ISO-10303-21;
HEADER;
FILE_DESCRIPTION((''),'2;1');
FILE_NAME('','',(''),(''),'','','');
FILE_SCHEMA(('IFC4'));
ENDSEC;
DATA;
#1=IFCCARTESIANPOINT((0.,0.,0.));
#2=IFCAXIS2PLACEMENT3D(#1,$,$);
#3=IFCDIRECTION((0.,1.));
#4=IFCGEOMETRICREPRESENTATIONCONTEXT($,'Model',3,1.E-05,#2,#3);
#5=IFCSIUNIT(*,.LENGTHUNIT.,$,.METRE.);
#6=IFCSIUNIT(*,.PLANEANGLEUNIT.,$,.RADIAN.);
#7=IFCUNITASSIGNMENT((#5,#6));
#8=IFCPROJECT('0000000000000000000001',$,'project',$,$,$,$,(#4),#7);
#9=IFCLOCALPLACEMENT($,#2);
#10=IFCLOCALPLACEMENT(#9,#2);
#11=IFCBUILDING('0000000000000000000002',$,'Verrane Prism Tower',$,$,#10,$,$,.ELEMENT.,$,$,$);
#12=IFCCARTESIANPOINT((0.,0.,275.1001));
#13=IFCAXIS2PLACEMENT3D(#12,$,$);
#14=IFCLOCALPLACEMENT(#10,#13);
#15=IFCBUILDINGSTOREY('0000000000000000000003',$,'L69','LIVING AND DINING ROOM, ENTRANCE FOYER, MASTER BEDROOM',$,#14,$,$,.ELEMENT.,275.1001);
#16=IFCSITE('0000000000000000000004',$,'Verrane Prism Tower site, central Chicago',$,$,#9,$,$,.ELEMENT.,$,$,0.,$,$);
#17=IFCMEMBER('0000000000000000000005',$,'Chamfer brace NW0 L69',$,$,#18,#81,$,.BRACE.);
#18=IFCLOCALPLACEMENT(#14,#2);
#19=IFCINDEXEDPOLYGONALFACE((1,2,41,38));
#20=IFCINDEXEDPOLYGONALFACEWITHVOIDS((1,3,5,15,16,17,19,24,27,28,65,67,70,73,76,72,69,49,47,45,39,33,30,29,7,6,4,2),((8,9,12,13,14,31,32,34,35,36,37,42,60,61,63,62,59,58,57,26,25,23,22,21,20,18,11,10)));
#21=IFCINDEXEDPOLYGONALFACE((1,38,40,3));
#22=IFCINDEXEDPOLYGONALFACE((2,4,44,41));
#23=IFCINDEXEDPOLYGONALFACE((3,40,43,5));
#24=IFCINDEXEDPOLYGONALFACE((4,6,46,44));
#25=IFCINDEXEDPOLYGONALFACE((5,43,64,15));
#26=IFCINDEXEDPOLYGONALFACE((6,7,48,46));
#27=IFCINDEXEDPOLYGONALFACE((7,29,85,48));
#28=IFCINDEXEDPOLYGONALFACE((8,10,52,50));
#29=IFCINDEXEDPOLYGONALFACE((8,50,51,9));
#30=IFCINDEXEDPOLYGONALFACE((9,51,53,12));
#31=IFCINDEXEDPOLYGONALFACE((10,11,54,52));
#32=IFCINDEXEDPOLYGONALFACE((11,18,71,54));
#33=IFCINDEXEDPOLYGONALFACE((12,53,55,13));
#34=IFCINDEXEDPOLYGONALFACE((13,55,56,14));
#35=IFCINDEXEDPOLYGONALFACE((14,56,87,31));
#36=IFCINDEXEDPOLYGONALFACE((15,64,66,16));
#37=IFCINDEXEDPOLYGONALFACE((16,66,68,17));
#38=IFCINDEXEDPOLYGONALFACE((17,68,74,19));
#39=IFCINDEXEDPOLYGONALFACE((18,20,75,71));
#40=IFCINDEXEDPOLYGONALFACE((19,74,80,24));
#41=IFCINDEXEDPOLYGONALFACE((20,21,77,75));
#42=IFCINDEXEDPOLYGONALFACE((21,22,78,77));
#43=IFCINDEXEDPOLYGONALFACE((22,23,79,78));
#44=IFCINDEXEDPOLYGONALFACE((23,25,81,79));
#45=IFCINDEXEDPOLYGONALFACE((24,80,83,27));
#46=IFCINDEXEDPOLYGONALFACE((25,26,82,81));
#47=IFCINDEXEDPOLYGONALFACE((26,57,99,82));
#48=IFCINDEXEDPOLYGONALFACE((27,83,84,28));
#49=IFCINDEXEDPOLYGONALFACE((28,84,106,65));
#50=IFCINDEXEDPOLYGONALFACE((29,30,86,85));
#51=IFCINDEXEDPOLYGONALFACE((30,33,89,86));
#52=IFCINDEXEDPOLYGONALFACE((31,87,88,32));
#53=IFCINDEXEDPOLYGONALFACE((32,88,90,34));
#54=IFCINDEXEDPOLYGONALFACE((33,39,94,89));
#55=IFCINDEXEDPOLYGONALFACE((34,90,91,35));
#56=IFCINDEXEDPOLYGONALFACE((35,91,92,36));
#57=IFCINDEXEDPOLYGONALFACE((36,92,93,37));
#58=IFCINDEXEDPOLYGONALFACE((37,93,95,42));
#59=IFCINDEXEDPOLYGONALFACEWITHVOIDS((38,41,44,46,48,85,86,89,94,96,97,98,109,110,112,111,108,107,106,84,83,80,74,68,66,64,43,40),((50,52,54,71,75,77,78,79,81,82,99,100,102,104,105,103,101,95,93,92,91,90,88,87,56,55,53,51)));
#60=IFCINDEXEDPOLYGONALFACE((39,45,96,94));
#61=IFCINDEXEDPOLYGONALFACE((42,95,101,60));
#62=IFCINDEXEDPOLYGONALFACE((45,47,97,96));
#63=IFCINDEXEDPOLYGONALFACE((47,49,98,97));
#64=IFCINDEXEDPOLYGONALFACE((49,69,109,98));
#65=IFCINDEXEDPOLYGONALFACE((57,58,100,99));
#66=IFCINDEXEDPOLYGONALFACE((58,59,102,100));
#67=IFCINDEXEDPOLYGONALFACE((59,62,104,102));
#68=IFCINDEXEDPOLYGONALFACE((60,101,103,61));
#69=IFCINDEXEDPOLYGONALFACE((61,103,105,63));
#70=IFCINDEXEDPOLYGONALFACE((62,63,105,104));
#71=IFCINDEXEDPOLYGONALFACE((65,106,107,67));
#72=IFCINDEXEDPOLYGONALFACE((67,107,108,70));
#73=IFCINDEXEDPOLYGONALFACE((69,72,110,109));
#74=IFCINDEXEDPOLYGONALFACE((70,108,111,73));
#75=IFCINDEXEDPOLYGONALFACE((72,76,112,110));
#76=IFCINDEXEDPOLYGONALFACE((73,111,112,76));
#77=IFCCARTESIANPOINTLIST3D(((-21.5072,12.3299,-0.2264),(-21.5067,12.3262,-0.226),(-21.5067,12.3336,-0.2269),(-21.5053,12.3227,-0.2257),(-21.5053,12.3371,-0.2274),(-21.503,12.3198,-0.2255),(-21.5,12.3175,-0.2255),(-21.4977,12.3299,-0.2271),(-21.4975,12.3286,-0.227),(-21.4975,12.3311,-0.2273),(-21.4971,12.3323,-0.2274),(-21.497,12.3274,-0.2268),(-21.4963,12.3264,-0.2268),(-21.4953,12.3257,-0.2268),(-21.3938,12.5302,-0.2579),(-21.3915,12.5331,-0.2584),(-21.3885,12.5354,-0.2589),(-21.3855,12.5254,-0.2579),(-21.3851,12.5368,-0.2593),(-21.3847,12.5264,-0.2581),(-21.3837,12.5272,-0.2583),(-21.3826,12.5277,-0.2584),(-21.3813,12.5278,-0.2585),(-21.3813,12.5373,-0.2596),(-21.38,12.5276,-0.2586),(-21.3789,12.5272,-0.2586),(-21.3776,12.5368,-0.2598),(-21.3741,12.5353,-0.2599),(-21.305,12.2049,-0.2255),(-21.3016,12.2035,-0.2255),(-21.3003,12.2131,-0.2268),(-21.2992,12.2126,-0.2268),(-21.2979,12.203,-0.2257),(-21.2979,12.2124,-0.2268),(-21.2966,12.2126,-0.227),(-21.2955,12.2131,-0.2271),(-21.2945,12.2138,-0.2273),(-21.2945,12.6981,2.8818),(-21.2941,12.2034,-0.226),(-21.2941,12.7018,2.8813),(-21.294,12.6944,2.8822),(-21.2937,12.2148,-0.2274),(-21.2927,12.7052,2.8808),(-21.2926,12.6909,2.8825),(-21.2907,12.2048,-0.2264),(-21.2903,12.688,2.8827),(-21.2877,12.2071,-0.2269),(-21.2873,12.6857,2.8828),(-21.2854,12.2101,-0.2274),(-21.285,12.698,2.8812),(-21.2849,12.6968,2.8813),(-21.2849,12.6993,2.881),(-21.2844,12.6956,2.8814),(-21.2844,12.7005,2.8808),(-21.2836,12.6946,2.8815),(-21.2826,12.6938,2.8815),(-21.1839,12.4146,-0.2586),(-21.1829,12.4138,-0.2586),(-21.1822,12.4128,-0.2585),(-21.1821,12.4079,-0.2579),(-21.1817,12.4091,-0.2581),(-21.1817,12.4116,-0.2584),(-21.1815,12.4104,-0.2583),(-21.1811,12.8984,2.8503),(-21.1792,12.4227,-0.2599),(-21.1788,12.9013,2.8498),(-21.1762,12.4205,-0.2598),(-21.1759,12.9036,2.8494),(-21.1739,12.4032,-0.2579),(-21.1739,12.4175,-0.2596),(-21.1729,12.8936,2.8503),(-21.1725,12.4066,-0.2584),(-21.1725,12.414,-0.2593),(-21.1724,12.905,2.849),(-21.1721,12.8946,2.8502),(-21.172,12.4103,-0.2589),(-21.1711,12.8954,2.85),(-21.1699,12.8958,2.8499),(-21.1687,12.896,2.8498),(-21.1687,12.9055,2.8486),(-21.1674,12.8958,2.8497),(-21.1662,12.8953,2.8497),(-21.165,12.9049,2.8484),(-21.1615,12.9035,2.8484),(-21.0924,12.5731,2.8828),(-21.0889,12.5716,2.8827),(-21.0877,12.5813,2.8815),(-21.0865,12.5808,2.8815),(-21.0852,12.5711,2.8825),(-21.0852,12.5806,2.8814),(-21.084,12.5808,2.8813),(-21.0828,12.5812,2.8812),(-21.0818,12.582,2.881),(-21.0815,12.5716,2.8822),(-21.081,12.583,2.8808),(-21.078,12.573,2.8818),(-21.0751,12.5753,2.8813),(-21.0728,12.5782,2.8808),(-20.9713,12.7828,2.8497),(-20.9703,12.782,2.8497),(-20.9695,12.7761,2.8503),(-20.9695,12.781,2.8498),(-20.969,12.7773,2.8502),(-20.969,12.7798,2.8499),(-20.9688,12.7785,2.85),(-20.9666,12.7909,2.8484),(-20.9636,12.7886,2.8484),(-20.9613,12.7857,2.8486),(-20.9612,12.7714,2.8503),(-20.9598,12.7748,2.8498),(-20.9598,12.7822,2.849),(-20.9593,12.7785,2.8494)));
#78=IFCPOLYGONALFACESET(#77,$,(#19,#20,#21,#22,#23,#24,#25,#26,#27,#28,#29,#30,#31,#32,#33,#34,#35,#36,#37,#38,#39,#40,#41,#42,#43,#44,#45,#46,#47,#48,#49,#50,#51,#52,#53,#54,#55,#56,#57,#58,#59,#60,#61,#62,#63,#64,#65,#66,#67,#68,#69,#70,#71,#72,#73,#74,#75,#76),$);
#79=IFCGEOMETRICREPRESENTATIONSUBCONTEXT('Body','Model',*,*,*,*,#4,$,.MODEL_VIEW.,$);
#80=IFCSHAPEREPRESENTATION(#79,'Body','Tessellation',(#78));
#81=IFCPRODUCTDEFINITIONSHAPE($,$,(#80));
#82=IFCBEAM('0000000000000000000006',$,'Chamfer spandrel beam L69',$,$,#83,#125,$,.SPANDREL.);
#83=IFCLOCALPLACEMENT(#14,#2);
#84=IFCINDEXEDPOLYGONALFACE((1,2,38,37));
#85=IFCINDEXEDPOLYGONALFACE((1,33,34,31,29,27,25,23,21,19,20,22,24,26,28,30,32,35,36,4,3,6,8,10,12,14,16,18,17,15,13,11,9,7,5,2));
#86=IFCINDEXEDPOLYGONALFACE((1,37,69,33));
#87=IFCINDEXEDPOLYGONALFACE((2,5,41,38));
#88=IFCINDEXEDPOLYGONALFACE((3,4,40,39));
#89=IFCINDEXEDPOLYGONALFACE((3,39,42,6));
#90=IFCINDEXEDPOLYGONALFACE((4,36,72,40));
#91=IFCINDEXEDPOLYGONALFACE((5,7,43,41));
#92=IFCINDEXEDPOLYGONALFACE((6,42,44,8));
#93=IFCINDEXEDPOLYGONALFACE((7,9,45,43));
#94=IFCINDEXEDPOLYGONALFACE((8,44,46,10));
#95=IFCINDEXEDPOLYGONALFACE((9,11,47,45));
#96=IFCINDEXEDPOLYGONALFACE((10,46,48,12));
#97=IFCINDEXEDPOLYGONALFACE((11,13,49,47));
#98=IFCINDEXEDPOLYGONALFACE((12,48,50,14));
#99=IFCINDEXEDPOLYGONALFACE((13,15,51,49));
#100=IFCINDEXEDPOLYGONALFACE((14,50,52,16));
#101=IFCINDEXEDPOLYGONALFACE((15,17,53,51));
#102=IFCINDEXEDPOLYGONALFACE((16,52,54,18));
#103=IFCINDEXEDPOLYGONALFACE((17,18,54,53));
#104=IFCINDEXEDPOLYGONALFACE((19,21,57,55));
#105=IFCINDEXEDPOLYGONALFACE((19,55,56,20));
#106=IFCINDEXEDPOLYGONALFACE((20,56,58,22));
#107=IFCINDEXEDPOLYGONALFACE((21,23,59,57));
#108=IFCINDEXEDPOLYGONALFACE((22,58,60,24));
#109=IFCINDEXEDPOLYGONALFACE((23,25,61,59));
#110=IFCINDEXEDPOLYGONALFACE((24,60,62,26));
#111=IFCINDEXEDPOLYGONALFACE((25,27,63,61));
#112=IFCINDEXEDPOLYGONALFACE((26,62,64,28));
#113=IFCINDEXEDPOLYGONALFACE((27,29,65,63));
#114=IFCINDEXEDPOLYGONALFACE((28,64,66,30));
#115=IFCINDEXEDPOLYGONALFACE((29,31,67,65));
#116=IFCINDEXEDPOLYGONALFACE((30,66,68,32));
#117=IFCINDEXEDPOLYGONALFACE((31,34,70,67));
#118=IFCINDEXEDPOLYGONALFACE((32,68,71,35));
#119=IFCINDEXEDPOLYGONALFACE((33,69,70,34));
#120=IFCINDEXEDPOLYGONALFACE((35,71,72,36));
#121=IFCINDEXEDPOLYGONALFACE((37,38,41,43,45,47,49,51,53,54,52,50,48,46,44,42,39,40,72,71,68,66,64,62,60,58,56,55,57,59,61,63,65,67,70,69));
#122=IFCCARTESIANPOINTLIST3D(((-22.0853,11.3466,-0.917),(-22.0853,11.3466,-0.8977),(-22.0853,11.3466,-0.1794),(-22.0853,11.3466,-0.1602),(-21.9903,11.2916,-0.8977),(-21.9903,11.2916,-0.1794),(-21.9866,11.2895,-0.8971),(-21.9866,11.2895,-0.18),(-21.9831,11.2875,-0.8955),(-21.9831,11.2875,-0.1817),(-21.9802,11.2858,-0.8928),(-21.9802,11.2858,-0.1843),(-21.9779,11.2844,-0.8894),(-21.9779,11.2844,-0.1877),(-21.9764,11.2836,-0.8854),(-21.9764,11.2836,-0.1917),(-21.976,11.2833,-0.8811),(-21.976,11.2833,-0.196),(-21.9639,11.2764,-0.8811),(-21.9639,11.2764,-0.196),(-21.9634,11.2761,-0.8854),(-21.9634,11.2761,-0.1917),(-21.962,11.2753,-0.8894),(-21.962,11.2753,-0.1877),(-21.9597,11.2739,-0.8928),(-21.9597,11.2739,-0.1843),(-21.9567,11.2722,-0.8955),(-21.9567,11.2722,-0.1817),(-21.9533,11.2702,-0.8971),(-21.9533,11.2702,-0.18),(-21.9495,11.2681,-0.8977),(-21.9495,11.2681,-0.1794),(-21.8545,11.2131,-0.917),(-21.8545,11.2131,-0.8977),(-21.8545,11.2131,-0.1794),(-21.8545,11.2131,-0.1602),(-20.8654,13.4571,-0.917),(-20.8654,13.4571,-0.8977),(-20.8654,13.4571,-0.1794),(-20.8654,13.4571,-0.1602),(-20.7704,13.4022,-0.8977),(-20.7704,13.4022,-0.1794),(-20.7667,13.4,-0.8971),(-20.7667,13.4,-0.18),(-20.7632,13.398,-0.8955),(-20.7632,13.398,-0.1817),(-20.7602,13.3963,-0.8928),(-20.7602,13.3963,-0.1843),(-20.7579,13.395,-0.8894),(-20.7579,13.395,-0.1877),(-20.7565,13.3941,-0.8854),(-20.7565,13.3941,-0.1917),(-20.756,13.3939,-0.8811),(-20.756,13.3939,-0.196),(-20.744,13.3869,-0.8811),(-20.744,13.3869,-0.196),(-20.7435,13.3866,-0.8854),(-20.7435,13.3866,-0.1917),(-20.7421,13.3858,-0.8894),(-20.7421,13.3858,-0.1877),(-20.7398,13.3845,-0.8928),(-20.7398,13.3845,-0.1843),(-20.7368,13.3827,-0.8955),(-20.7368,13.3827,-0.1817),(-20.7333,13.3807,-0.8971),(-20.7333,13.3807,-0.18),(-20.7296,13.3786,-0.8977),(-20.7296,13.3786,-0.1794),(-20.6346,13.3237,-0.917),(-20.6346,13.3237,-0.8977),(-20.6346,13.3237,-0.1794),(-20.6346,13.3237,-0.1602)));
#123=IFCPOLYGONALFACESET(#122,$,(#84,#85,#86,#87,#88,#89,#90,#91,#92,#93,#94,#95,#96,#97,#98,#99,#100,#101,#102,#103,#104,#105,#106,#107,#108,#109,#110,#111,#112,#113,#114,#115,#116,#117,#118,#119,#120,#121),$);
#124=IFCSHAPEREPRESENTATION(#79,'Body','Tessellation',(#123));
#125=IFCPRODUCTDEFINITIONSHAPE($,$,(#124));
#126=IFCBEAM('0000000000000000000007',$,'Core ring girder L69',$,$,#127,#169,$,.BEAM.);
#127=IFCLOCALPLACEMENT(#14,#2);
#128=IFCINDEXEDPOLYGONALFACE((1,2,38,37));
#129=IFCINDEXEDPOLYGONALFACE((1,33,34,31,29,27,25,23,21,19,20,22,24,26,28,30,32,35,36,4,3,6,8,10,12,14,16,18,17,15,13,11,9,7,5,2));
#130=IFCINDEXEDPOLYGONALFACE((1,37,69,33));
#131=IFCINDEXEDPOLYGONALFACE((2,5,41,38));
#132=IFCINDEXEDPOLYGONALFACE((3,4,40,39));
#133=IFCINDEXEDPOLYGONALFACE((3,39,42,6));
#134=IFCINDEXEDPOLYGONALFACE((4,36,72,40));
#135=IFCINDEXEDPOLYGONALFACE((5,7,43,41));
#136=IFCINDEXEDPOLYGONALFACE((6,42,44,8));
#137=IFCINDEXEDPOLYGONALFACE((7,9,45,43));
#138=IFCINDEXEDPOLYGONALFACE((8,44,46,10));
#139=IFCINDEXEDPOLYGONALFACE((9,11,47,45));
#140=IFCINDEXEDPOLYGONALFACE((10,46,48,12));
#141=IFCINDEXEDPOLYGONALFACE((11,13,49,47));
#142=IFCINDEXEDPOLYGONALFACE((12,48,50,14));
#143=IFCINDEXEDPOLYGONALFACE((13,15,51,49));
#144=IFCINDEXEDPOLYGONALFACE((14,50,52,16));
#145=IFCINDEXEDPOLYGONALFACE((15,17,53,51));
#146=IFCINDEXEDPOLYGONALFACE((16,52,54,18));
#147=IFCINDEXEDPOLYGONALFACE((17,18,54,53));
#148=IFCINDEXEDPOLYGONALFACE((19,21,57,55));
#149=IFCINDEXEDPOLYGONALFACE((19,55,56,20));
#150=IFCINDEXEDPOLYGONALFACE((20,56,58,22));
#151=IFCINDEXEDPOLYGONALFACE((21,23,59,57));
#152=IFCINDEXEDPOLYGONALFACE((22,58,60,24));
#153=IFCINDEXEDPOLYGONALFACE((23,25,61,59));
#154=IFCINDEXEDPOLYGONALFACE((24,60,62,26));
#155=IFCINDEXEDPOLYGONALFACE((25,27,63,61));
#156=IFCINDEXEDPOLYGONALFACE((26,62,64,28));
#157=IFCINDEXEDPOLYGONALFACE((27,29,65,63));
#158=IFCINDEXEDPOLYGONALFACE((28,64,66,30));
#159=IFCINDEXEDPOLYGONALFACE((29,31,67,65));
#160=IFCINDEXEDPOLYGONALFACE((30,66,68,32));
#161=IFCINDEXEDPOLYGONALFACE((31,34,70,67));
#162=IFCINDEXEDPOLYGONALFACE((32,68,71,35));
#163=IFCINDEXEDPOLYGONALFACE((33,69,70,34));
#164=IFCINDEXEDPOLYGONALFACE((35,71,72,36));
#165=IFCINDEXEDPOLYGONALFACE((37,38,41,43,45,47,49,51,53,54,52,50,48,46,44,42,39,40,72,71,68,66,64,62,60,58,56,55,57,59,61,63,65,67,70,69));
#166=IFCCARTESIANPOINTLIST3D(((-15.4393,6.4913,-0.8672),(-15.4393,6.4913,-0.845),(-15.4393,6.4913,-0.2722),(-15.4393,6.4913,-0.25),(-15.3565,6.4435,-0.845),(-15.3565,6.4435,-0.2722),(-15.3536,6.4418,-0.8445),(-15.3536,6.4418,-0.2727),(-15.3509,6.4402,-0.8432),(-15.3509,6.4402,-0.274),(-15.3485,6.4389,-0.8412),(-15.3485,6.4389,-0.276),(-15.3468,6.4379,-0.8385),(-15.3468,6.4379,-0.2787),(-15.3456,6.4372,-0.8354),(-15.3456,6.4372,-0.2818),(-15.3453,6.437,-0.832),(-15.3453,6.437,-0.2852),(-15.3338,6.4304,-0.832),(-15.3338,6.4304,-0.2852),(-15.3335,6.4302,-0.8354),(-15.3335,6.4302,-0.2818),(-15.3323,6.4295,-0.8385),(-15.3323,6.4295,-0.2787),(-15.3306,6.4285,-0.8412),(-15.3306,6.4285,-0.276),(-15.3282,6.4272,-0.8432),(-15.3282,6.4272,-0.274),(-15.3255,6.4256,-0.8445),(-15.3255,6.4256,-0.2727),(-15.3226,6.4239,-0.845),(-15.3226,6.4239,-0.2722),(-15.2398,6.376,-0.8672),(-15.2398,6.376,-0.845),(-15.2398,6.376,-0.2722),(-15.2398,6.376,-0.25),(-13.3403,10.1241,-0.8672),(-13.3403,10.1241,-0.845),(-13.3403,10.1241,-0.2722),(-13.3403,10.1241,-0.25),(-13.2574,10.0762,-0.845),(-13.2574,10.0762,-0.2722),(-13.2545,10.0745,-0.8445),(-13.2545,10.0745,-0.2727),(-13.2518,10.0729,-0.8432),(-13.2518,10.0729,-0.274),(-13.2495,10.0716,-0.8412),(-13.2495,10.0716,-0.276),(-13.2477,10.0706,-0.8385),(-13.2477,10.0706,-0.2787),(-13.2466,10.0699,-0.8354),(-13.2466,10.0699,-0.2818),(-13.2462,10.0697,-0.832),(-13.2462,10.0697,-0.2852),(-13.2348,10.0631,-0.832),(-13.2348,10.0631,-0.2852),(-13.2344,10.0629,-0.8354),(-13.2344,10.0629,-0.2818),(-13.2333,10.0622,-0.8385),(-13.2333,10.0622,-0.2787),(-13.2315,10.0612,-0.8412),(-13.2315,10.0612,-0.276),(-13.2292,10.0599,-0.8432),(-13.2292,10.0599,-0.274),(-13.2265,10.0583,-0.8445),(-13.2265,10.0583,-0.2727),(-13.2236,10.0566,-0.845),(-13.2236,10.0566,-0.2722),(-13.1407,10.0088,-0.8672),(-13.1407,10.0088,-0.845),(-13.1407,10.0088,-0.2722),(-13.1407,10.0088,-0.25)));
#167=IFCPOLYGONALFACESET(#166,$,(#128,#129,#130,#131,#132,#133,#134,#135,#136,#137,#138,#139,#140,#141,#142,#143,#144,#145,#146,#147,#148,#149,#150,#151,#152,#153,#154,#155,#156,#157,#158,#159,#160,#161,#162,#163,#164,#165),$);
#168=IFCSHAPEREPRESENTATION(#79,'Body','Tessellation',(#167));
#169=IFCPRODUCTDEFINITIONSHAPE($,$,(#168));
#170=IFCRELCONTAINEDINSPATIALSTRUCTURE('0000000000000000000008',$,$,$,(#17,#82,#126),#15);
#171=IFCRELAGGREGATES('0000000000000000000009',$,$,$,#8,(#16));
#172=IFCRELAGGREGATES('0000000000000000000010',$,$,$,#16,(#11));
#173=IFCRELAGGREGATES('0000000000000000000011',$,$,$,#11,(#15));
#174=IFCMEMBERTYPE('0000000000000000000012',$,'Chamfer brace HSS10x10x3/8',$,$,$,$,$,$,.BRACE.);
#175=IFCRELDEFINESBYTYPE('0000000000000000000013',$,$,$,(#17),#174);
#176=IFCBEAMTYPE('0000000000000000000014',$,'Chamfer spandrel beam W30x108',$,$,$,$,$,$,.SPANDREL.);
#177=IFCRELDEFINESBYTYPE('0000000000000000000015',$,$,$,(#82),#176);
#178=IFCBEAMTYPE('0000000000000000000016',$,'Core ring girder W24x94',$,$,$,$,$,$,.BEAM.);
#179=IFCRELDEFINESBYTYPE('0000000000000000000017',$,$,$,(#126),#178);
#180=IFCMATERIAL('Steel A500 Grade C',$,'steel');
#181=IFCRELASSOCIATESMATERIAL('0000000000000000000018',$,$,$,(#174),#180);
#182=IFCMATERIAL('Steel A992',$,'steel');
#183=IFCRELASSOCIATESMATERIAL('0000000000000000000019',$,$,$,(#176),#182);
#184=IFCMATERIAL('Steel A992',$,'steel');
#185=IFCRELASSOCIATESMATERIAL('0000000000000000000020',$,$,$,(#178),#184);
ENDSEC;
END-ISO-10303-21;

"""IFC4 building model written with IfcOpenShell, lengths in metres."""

from ifc_helpers import new_model, si_unit, direction, frame, origin, origin_2d, place, context, subcontext, project, spatial, hollow_rectangle, i_section, extrude, material, material_profile, profile_set, type_object, element, save


model = new_model("IFC4")

# Units and contexts
model_context = context("Model", 3, precision=1e-05, world=origin(), true_north=direction((0.0, 1.0)))
body_context = subcontext(model_context, "Body", "Model", "MODEL_VIEW")
ifc_project = project(units=[si_unit("LENGTHUNIT", "METRE"), si_unit("PLANEANGLEUNIT", "RADIAN")], contexts=[model_context])

# Site, building, storey
site_placement = place(None, origin())
site = spatial("IfcSite", under=ifc_project, at=site_placement, Name="Verrane Prism Tower site, central Chicago", CompositionType="ELEMENT", RefElevation=0.0)
building_placement = place(site_placement, origin())
building = spatial("IfcBuilding", under=site, at=building_placement, Name="Verrane Prism Tower", CompositionType="ELEMENT")
storey_placement = place(building_placement, frame((0.0, 0.0, 275.1001)))
storey = spatial("IfcBuildingStorey", under=building, at=storey_placement, Name="L69", Description="LIVING AND DINING ROOM, ENTRANCE FOYER, MASTER BEDROOM", CompositionType="ELEMENT", Elevation=275.1001)

# Member
ifc_material_1 = material(Name="Steel A500 Grade C", Category="steel")
ifc_material_profile_1 = material_profile(ifc_material_1, hollow_rectangle(XDim=0.2539, YDim=0.2539, WallThickness=0.0095, InnerFilletRadius=0.0049, OuterFilletRadius=0.0144, at=origin_2d()), Name="HSS10x10x3/8")
ifc_profile_set_1 = profile_set([ifc_material_profile_1], Name="Steel A500 Grade C")
member_type_1 = type_object("IfcMemberType", Name="Chamfer brace HSS10x10x3/8", PredefinedType="BRACE", material=ifc_profile_set_1)
member_1_placement = place(storey_placement, frame((-21.3396, 12.3701, -0.2427), z_axis=(0.067784, 0.117358, 0.990774), x_axis=(-0.865937, 0.500153, 0.0)))
element("IfcMember", 1, at=member_1_placement, inside=storey, type_object=member_type_1, Name="Chamfer brace NW0 L69", PredefinedType="BRACE", context=body_context, shape_type="SweptSolid", body=[
    extrude(hollow_rectangle(XDim=0.2539, YDim=0.2539, WallThickness=0.0095, InnerFilletRadius=0.0049, OuterFilletRadius=0.0144, at=origin_2d()), origin(), (0.0, 0.0, 1.0), 3.1372),
])

# Beams
ifc_material_2 = material(Name="Steel A992", Category="steel")
ifc_material_profile_2 = material_profile(ifc_material_2, i_section(OverallWidth=0.2666, OverallDepth=0.7568, WebThickness=0.0139, FlangeThickness=0.0193, FilletRadius=0.0166, at=origin_2d()), Name="W30x108")
ifc_profile_set_2 = profile_set([ifc_material_profile_2], Name="Steel A992")
beam_type_1 = type_object("IfcBeamType", Name="Chamfer spandrel beam W30x108", PredefinedType="SPANDREL", material=ifc_profile_set_2)
beam_1_placement = place(storey_placement, frame((-20.75, 13.3904, -0.5386), z_axis=(-0.500436, -0.865773, 0.0), x_axis=(0.865773, -0.500436, 0.0)))
element("IfcBeam", 2, at=beam_1_placement, inside=storey, type_object=beam_type_1, Name="Chamfer spandrel beam L69", PredefinedType="SPANDREL", context=body_context, shape_type="SweptSolid", body=[
    extrude(i_section(OverallWidth=0.2666, OverallDepth=0.7568, WebThickness=0.0139, FlangeThickness=0.0193, FilletRadius=0.0166, at=origin_2d()), origin(), (0.0, 0.0, 1.0), 2.4377),
])
ifc_material_3 = material(Name="Steel A992", Category="steel")
ifc_material_profile_3 = material_profile(ifc_material_3, i_section(OverallWidth=0.2305, OverallDepth=0.6172, WebThickness=0.0132, FlangeThickness=0.0222, FilletRadius=0.0129, at=origin_2d()), Name="W24x94")
ifc_profile_set_3 = profile_set([ifc_material_profile_3], Name="Steel A992")
beam_type_2 = type_object("IfcBeamType", Name="Core ring girder W24x94", PredefinedType="BEAM", material=ifc_profile_set_3)
beam_2_placement = place(storey_placement, frame((-13.2405, 10.0664, -0.5586), z_axis=(-0.500307, -0.865848, 0.0), x_axis=(0.865848, -0.500307, 0.0)))
element("IfcBeam", 3, at=beam_2_placement, inside=storey, type_object=beam_type_2, Name="Core ring girder L69", PredefinedType="BEAM", context=body_context, shape_type="SweptSolid", body=[
    extrude(i_section(OverallWidth=0.2305, OverallDepth=0.6172, WebThickness=0.0132, FlangeThickness=0.0222, FilletRadius=0.0129, at=origin_2d()), origin(), (0.0, 0.0, 1.0), 4.1956),
])

save(model, "model.ifc")
